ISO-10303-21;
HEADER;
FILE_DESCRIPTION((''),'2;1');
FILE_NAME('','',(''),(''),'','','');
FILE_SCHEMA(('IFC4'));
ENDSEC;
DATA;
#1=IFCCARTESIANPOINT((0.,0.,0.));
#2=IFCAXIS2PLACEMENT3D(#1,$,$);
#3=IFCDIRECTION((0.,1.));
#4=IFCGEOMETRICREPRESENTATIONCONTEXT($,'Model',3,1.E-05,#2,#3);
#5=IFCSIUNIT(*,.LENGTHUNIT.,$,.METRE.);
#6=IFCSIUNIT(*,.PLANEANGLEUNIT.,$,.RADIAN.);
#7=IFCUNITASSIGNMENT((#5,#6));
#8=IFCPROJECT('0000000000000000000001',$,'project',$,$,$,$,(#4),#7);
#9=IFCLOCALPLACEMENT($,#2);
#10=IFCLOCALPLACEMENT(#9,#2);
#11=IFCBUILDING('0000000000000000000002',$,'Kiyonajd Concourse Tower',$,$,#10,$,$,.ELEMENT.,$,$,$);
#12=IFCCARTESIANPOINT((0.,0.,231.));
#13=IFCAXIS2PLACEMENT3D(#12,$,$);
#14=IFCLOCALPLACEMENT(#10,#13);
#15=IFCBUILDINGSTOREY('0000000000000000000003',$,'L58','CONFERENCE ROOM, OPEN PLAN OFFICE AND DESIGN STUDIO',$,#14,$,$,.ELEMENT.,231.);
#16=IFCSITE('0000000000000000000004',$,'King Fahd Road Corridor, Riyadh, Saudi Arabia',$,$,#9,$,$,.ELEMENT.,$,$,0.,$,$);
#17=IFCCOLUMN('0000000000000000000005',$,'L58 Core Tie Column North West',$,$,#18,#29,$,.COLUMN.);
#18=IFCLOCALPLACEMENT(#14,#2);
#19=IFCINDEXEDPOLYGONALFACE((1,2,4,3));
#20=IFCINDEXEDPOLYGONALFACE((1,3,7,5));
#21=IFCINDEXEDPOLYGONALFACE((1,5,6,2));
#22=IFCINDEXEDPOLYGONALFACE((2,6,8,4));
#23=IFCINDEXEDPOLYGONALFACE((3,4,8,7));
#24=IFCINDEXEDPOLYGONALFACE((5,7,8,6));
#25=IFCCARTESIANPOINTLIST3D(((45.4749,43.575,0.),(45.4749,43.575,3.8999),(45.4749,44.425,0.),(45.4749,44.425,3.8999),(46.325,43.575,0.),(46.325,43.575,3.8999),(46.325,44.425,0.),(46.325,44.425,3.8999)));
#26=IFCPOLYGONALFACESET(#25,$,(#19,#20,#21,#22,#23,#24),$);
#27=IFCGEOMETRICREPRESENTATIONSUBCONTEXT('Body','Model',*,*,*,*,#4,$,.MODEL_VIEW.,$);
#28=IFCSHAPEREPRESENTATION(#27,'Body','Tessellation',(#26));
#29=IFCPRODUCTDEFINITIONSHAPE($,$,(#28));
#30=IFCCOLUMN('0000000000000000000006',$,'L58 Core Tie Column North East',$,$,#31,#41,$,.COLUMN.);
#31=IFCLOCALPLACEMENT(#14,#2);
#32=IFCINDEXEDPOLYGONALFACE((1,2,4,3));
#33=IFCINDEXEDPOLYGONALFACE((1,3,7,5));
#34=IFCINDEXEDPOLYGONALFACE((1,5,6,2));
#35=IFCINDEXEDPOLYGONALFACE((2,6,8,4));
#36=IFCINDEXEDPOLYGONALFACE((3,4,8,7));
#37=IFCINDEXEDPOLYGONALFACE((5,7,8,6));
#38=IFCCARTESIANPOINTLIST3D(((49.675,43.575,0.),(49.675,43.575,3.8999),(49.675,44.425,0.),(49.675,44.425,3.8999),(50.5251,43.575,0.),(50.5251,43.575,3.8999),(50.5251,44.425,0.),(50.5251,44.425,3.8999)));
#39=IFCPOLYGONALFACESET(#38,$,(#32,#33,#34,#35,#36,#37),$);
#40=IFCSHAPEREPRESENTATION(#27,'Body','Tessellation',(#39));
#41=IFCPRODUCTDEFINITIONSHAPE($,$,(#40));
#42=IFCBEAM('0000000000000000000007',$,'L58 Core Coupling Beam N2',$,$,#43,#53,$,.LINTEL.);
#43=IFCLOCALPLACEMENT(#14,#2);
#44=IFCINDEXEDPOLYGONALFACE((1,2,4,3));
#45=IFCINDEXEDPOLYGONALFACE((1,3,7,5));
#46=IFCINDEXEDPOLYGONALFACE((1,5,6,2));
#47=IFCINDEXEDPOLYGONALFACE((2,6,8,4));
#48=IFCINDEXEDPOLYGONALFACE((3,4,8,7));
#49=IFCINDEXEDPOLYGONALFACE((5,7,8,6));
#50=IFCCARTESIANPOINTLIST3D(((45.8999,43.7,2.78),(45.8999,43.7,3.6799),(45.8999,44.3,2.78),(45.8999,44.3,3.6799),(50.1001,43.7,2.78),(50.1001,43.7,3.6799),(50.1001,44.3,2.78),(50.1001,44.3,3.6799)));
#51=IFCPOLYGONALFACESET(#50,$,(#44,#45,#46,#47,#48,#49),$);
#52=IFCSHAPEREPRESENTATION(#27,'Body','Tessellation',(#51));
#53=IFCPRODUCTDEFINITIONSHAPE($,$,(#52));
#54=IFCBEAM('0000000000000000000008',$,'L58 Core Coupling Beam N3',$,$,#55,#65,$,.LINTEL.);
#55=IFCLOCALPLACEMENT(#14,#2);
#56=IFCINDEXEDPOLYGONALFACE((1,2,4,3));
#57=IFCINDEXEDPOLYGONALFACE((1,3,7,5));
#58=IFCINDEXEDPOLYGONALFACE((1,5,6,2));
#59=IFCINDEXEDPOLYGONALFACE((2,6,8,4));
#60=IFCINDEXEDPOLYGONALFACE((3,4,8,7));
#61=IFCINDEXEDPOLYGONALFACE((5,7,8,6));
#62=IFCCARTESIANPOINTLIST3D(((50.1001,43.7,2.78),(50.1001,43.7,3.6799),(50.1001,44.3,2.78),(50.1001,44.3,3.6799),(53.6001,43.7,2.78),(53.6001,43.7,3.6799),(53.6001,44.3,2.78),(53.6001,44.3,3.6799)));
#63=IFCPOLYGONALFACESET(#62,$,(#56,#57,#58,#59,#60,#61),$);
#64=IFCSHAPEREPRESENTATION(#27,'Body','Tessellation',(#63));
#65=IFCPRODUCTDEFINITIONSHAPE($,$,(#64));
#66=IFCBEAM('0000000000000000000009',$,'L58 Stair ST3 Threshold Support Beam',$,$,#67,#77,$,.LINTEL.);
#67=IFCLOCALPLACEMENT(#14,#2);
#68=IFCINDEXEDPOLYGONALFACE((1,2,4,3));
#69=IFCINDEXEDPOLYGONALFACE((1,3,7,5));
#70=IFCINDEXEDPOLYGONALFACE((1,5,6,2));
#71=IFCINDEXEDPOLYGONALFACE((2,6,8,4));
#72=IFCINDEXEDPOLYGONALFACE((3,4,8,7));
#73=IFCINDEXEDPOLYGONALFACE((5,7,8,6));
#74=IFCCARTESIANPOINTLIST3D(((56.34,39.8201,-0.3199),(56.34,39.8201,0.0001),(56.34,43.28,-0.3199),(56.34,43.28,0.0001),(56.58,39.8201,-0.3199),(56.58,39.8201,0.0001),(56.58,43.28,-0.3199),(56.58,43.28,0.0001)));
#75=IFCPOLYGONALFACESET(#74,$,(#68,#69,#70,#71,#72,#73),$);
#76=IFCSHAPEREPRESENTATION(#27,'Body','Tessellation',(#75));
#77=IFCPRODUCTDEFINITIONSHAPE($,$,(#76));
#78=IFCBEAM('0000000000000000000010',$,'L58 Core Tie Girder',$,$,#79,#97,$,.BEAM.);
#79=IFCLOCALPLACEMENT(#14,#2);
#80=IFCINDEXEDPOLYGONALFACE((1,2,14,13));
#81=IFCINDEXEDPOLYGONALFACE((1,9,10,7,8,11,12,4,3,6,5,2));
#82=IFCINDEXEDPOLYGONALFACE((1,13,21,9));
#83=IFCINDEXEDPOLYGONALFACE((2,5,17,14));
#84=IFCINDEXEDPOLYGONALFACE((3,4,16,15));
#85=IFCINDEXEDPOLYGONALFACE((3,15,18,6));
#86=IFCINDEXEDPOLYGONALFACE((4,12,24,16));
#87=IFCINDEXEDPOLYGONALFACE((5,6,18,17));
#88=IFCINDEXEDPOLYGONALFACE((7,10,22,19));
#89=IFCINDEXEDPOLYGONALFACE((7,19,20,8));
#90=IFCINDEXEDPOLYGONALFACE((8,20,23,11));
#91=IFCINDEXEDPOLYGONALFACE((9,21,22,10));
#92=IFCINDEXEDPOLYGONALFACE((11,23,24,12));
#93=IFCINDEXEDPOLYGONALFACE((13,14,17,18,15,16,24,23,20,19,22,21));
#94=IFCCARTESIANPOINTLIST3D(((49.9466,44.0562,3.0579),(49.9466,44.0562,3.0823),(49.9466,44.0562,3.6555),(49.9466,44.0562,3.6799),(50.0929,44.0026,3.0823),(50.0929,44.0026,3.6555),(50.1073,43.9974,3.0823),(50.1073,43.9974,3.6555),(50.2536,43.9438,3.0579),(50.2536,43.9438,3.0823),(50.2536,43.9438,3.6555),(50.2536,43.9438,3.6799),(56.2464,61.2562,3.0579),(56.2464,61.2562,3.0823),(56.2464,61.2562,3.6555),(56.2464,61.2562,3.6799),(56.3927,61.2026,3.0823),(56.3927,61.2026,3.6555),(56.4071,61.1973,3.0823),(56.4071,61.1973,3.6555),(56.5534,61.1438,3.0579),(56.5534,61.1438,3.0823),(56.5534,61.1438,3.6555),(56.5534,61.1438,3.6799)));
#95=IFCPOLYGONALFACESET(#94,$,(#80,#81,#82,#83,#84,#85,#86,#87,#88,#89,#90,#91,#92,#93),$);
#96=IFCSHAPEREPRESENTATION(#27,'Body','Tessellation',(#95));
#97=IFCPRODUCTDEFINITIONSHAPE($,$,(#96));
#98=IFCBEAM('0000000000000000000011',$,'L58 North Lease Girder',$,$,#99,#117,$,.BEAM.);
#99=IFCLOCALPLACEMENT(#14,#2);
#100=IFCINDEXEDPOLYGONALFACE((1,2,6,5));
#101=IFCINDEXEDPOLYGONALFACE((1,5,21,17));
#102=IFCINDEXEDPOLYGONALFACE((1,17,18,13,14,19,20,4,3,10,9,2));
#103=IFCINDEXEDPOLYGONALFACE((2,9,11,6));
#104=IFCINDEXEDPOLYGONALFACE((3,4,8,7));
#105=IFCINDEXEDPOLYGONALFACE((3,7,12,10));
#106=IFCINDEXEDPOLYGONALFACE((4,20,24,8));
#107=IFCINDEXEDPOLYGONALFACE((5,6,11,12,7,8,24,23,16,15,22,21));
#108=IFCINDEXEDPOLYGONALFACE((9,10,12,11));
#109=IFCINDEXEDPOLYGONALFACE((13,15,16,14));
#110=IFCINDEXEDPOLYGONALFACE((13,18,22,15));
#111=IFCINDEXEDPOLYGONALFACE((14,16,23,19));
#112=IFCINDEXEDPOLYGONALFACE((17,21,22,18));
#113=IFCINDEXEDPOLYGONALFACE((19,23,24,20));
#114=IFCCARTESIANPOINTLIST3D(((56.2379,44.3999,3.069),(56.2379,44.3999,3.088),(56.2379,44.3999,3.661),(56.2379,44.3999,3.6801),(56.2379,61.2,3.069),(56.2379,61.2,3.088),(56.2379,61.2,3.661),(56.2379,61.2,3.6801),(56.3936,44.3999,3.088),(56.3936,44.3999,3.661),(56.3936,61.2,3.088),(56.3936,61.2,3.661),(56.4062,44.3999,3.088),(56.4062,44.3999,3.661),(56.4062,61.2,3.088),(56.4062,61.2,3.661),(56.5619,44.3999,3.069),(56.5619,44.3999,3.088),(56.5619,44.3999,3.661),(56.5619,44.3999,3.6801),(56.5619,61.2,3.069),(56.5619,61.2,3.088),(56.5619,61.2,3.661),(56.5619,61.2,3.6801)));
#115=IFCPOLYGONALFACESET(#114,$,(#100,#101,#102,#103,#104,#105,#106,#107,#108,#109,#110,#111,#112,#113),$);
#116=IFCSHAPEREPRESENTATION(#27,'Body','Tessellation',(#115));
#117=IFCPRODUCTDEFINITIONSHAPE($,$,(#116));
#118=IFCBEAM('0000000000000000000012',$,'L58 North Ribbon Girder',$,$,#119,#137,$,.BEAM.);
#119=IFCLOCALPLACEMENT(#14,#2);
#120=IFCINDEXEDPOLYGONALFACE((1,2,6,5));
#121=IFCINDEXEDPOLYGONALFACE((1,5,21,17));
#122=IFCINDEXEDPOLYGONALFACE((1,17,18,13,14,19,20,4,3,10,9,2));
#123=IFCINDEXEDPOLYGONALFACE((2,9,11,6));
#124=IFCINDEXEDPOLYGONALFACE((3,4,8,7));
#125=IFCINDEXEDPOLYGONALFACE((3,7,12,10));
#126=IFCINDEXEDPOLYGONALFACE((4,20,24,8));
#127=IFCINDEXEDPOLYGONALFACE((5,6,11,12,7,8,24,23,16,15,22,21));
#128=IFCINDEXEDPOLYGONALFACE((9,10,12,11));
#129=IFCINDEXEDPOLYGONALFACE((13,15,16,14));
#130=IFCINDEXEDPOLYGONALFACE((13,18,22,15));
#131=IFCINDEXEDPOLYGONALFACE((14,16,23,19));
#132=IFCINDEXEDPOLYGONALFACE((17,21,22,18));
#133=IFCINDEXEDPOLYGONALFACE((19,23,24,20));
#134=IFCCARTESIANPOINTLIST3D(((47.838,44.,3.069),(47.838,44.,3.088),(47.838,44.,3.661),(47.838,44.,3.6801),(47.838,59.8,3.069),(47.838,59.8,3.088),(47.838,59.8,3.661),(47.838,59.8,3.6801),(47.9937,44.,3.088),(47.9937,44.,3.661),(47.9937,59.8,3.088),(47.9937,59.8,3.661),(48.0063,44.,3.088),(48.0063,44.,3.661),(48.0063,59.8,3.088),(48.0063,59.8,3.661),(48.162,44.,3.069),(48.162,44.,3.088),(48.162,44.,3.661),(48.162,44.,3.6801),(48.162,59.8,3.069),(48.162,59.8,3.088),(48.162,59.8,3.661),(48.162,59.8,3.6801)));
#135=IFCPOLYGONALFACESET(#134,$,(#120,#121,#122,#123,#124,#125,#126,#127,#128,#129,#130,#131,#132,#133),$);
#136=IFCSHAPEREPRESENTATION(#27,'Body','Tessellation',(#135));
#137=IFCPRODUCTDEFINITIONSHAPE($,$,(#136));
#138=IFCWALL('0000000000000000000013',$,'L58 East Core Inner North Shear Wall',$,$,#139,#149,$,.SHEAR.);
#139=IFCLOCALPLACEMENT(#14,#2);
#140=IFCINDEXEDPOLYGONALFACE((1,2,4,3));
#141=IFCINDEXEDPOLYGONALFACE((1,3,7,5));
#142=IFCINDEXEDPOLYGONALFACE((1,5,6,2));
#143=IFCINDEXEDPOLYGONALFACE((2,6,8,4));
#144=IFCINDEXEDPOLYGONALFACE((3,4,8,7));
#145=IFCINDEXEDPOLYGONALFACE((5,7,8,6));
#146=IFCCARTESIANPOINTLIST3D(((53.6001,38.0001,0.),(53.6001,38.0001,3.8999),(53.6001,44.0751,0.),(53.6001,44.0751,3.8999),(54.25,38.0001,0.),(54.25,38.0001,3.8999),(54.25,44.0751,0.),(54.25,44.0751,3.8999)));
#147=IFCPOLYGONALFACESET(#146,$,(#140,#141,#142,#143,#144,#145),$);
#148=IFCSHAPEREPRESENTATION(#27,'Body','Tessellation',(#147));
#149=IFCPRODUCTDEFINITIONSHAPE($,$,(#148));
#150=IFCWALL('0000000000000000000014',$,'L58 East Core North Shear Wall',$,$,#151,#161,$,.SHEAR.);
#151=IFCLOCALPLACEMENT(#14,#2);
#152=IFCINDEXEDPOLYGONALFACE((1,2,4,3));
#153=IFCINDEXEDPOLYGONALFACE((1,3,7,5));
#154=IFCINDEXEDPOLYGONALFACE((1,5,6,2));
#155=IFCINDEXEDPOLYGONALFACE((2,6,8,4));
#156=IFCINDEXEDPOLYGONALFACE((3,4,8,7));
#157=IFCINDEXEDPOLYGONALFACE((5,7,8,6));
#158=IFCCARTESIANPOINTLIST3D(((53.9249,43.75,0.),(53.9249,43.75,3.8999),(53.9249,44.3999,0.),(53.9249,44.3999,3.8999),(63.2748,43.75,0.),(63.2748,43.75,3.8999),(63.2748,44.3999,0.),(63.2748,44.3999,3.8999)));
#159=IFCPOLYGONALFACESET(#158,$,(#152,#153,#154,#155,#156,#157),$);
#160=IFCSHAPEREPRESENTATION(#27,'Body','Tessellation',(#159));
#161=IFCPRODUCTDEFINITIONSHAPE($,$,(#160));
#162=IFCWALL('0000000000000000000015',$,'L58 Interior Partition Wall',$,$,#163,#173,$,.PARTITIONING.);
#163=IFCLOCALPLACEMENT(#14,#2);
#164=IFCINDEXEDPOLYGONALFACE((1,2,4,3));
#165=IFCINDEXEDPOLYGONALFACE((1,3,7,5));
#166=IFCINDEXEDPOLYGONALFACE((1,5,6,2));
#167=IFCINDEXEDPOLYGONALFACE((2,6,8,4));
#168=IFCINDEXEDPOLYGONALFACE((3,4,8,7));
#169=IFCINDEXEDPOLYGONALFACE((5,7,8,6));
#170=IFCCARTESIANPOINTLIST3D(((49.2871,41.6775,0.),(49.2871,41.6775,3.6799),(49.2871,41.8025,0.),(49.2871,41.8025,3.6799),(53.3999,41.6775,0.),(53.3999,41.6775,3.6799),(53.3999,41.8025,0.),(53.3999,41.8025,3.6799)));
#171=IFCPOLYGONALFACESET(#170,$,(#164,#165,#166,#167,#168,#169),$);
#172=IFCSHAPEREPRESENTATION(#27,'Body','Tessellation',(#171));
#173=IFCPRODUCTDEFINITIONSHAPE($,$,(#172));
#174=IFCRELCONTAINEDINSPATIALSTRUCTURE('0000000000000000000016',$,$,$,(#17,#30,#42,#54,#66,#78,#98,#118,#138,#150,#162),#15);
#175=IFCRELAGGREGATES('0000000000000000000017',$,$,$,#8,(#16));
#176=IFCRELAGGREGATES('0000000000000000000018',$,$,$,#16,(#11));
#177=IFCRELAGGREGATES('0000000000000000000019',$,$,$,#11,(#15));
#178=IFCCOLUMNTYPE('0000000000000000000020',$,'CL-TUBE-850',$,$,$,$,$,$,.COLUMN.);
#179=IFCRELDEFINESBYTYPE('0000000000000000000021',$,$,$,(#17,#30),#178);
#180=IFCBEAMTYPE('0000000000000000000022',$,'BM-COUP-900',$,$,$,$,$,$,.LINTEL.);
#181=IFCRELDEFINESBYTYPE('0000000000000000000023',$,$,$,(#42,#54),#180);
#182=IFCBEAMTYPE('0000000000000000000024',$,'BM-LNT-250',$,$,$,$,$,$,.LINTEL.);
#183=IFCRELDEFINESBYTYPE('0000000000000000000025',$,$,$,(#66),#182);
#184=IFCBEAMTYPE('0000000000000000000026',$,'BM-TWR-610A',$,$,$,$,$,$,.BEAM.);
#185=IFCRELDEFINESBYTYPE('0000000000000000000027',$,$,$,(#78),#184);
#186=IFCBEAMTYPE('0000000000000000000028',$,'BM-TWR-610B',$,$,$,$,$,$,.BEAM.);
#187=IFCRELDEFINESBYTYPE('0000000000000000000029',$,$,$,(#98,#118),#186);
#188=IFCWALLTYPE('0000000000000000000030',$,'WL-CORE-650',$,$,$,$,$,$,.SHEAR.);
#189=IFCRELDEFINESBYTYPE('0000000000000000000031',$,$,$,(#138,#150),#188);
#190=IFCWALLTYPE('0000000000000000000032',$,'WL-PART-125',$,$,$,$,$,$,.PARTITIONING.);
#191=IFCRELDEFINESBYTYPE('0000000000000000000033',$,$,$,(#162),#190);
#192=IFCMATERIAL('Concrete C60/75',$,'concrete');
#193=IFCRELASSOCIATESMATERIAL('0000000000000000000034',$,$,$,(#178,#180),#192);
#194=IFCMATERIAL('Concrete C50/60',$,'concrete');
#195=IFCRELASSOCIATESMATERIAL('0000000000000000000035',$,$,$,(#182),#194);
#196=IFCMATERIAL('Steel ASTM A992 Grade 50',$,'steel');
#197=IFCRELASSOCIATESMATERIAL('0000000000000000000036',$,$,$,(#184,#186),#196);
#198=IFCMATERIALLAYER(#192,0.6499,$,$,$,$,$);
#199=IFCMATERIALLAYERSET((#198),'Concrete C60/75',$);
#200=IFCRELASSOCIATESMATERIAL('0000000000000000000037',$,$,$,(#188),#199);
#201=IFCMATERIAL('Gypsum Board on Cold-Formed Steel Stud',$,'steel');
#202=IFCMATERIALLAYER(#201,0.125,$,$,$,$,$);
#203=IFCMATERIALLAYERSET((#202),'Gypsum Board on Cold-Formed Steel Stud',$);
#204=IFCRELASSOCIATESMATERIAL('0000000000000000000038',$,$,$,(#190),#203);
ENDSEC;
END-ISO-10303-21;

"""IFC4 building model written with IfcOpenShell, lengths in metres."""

from ifc_helpers import new_model, si_unit, direction, frame, frame_2d, origin, origin_2d, place, context, subcontext, project, spatial, rectangle, i_section, extrude, material, layer, layer_set, material_profile, profile_set, type_object, element, save


model = new_model("IFC4")

# Units and contexts
model_context = context("Model", 3, precision=1e-05, world=origin(), true_north=direction((0.0, 1.0)))
body_context = subcontext(model_context, "Body", "Model", "MODEL_VIEW")
ifc_project = project(units=[si_unit("LENGTHUNIT", "METRE"), si_unit("PLANEANGLEUNIT", "RADIAN")], contexts=[model_context])

# Site, building, storey
site_placement = place(None, origin())
site = spatial("IfcSite", under=ifc_project, at=site_placement, Name="King Fahd Road Corridor, Riyadh, Saudi Arabia", CompositionType="ELEMENT", RefElevation=0.0)
building_placement = place(site_placement, origin())
building = spatial("IfcBuilding", under=site, at=building_placement, Name="Kiyonajd Concourse Tower", CompositionType="ELEMENT")
storey_placement = place(building_placement, frame((0.0, 0.0, 231.0)))
storey = spatial("IfcBuildingStorey", under=building, at=storey_placement, Name="L58", Description="CONFERENCE ROOM, OPEN PLAN OFFICE AND DESIGN STUDIO", CompositionType="ELEMENT", Elevation=231.0)

# Columns
ifc_material_1 = material(Name="Concrete C60/75", Category="concrete")
ifc_material_profile_1 = material_profile(ifc_material_1, rectangle(XDim=0.8501, YDim=0.8501, at=origin_2d()), Name="RC-850x850")
ifc_profile_set_1 = profile_set([ifc_material_profile_1], Name="Concrete C60/75")
column_type = type_object("IfcColumnType", Name="CL-TUBE-850", PredefinedType="COLUMN", material=ifc_profile_set_1)
for number, where, z_axis, x_axis, name in (
    (1, (45.8999, 44.0, 0.0), (0.0, 0.0, 1.0), (1.0, 0.0, 0.0), "L58 Core Tie Column North West"),
    (2, (50.1001, 44.0, 0.0), (0.0, 0.0, 1.0), (1.0, 0.0, 0.0), "L58 Core Tie Column North East"),
):
    element("IfcColumn", number, at=place(storey_placement, frame(where, z_axis=z_axis, x_axis=x_axis)), inside=storey, type_object=column_type, Name=name, PredefinedType="COLUMN", context=body_context, shape_type="SweptSolid", body=[
        extrude(rectangle(XDim=0.8501, YDim=0.8501, at=origin_2d()), origin(), (0.0, 0.0, 1.0), 3.8999),
    ])

# Beams
ifc_material_profile_2 = material_profile(ifc_material_1, rectangle(XDim=0.6001, YDim=0.8999, at=origin_2d()), Name="RCBM-600x900")
ifc_profile_set_2 = profile_set([ifc_material_profile_2], Name="Concrete C60/75")
beam_type_1 = type_object("IfcBeamType", Name="BM-COUP-900", PredefinedType="LINTEL", material=ifc_profile_set_2)
beam_1_placement = place(storey_placement, frame((45.8999, 44.0, 3.23), z_axis=(1.0, 0.0, 0.0), x_axis=(0.0, 1.0, 0.0)))
element("IfcBeam", 3, at=beam_1_placement, inside=storey, type_object=beam_type_1, Name="L58 Core Coupling Beam N2", PredefinedType="LINTEL", context=body_context, shape_type="SweptSolid", body=[
    extrude(rectangle(XDim=0.6001, YDim=0.8999, at=origin_2d()), origin(), (0.0, 0.0, 1.0), 4.2002),
])
beam_2_placement = place(storey_placement, frame((50.1001, 44.0, 3.23), z_axis=(1.0, 0.0, 0.0), x_axis=(0.0, 1.0, 0.0)))
element("IfcBeam", 4, at=beam_2_placement, inside=storey, type_object=beam_type_1, Name="L58 Core Coupling Beam N3", PredefinedType="LINTEL", context=body_context, shape_type="SweptSolid", body=[
    extrude(rectangle(XDim=0.6001, YDim=0.8999, at=origin_2d()), origin(), (0.0, 0.0, 1.0), 3.5),
])
ifc_material_2 = material(Name="Concrete C50/60", Category="concrete")
ifc_material_profile_3 = material_profile(ifc_material_2, rectangle(XDim=0.24, YDim=0.3201, at=origin_2d()), Name="RCBM-240x320")
ifc_profile_set_3 = profile_set([ifc_material_profile_3], Name="Concrete C50/60")
beam_type_2 = type_object("IfcBeamType", Name="BM-LNT-250", PredefinedType="LINTEL", material=ifc_profile_set_3)
beam_3_placement = place(storey_placement, frame((56.46, 39.8201, -0.1599), z_axis=(0.0, 1.0, 0.0), x_axis=(-1.0, 0.0, 0.0)))
element("IfcBeam", 5, at=beam_3_placement, inside=storey, type_object=beam_type_2, Name="L58 Stair ST3 Threshold Support Beam", PredefinedType="LINTEL", context=body_context, shape_type="SweptSolid", body=[
    extrude(rectangle(XDim=0.24, YDim=0.3201, at=origin_2d()), origin(), (0.0, 0.0, 1.0), 3.46),
])
ifc_material_3 = material(Name="Steel ASTM A992 Grade 50", Category="steel")
ifc_material_profile_4 = material_profile(ifc_material_3, i_section(OverallWidth=0.3269, OverallDepth=0.6221, WebThickness=0.0154, FlangeThickness=0.0244, at=origin_2d()), Name="W610X195")
ifc_profile_set_4 = profile_set([ifc_material_profile_4], Name="Steel ASTM A992 Grade 50")
beam_type_3 = type_object("IfcBeamType", Name="BM-TWR-610A", PredefinedType="BEAM", material=ifc_profile_set_4)
beam_4_placement = place(storey_placement, frame((50.1001, 44.0, 3.3689), z_axis=(0.343925, 0.938997, 0.0), x_axis=(-0.938997, 0.343925, 0.0)))
element("IfcBeam", 6, at=beam_4_placement, inside=storey, type_object=beam_type_3, Name="L58 Core Tie Girder", PredefinedType="BEAM", context=body_context, shape_type="SweptSolid", body=[
    extrude(i_section(OverallWidth=0.3269, OverallDepth=0.6221, WebThickness=0.0154, FlangeThickness=0.0244, at=origin_2d()), origin(), (0.0, 0.0, 1.0), 18.3174),
])
ifc_material_profile_5 = material_profile(ifc_material_3, i_section(OverallWidth=0.324, OverallDepth=0.6111, WebThickness=0.0127, FlangeThickness=0.019, at=origin_2d()), Name="W610X155")
ifc_profile_set_5 = profile_set([ifc_material_profile_5], Name="Steel ASTM A992 Grade 50")
beam_type_4 = type_object("IfcBeamType", Name="BM-TWR-610B", PredefinedType="BEAM", material=ifc_profile_set_5)
beam_5_placement = place(storey_placement, frame((56.3999, 44.3999, 3.3745), z_axis=(0.0, 1.0, 0.0), x_axis=(-1.0, 0.0, 0.0)))
element("IfcBeam", 7, at=beam_5_placement, inside=storey, type_object=beam_type_4, Name="L58 North Lease Girder", PredefinedType="BEAM", context=body_context, shape_type="SweptSolid", body=[
    extrude(i_section(OverallWidth=0.324, OverallDepth=0.6111, WebThickness=0.0127, FlangeThickness=0.019, at=origin_2d()), origin(), (0.0, 0.0, 1.0), 16.8),
])
beam_6_placement = place(storey_placement, frame((48.0, 44.0, 3.3745), z_axis=(0.0, 1.0, 0.0), x_axis=(-1.0, 0.0, 0.0)))
element("IfcBeam", 8, at=beam_6_placement, inside=storey, type_object=beam_type_4, Name="L58 North Ribbon Girder", PredefinedType="BEAM", context=body_context, shape_type="SweptSolid", body=[
    extrude(i_section(OverallWidth=0.324, OverallDepth=0.6111, WebThickness=0.0127, FlangeThickness=0.019, at=origin_2d()), origin(), (0.0, 0.0, 1.0), 15.8),
])

# Walls
ifc_layer_1 = layer(ifc_material_1, 0.6499)
ifc_layer_set_1 = layer_set([ifc_layer_1], Name="Concrete C60/75")
wall_type_1 = type_object("IfcWallType", Name="WL-CORE-650", PredefinedType="SHEAR", material=ifc_layer_set_1)
wall_1_placement = place(storey_placement, frame((53.925, 38.0, 0.0), z_axis=(0.0, 0.0, 1.0), x_axis=(0.0, 1.0, 0.0)))
element("IfcWall", 9, at=wall_1_placement, inside=storey, type_object=wall_type_1, Name="L58 East Core Inner North Shear Wall", PredefinedType="SHEAR", context=body_context, shape_type="SweptSolid", body=[
    extrude(rectangle(XDim=6.075, YDim=0.6499, at=frame_2d((3.0376, 0.0))), origin(), (0.0, 0.0, 1.0), 3.8999),
])
wall_2_placement = place(storey_placement, frame((53.925, 44.075, 0.0), z_axis=(0.0, 0.0, 1.0), x_axis=(1.0, 0.0, 0.0)))
element("IfcWall", 10, at=wall_2_placement, inside=storey, type_object=wall_type_1, Name="L58 East Core North Shear Wall", PredefinedType="SHEAR", context=body_context, shape_type="SweptSolid", body=[
    extrude(rectangle(XDim=9.3499, YDim=0.6499, at=frame_2d((4.6748, 0.0))), origin(), (0.0, 0.0, 1.0), 3.8999),
])
ifc_material_4 = material(Name="Gypsum Board on Cold-Formed Steel Stud", Category="steel")
ifc_layer_2 = layer(ifc_material_4, 0.125)
ifc_layer_set_2 = layer_set([ifc_layer_2], Name="Gypsum Board on Cold-Formed Steel Stud")
wall_type_2 = type_object("IfcWallType", Name="WL-PART-125", PredefinedType="PARTITIONING", material=ifc_layer_set_2)
wall_3_placement = place(storey_placement, frame((49.2871, 41.74, 0.0), z_axis=(0.0, 0.0, 1.0), x_axis=(1.0, 0.0, 0.0)))
element("IfcWall", 11, at=wall_3_placement, inside=storey, type_object=wall_type_2, Name="L58 Interior Partition Wall", PredefinedType="PARTITIONING", context=body_context, shape_type="SweptSolid", body=[
    extrude(rectangle(XDim=4.1128, YDim=0.125, at=frame_2d((2.0564, 0.0))), origin(), (0.0, 0.0, 1.0), 3.6799),
])

save(model, "model.ifc")
